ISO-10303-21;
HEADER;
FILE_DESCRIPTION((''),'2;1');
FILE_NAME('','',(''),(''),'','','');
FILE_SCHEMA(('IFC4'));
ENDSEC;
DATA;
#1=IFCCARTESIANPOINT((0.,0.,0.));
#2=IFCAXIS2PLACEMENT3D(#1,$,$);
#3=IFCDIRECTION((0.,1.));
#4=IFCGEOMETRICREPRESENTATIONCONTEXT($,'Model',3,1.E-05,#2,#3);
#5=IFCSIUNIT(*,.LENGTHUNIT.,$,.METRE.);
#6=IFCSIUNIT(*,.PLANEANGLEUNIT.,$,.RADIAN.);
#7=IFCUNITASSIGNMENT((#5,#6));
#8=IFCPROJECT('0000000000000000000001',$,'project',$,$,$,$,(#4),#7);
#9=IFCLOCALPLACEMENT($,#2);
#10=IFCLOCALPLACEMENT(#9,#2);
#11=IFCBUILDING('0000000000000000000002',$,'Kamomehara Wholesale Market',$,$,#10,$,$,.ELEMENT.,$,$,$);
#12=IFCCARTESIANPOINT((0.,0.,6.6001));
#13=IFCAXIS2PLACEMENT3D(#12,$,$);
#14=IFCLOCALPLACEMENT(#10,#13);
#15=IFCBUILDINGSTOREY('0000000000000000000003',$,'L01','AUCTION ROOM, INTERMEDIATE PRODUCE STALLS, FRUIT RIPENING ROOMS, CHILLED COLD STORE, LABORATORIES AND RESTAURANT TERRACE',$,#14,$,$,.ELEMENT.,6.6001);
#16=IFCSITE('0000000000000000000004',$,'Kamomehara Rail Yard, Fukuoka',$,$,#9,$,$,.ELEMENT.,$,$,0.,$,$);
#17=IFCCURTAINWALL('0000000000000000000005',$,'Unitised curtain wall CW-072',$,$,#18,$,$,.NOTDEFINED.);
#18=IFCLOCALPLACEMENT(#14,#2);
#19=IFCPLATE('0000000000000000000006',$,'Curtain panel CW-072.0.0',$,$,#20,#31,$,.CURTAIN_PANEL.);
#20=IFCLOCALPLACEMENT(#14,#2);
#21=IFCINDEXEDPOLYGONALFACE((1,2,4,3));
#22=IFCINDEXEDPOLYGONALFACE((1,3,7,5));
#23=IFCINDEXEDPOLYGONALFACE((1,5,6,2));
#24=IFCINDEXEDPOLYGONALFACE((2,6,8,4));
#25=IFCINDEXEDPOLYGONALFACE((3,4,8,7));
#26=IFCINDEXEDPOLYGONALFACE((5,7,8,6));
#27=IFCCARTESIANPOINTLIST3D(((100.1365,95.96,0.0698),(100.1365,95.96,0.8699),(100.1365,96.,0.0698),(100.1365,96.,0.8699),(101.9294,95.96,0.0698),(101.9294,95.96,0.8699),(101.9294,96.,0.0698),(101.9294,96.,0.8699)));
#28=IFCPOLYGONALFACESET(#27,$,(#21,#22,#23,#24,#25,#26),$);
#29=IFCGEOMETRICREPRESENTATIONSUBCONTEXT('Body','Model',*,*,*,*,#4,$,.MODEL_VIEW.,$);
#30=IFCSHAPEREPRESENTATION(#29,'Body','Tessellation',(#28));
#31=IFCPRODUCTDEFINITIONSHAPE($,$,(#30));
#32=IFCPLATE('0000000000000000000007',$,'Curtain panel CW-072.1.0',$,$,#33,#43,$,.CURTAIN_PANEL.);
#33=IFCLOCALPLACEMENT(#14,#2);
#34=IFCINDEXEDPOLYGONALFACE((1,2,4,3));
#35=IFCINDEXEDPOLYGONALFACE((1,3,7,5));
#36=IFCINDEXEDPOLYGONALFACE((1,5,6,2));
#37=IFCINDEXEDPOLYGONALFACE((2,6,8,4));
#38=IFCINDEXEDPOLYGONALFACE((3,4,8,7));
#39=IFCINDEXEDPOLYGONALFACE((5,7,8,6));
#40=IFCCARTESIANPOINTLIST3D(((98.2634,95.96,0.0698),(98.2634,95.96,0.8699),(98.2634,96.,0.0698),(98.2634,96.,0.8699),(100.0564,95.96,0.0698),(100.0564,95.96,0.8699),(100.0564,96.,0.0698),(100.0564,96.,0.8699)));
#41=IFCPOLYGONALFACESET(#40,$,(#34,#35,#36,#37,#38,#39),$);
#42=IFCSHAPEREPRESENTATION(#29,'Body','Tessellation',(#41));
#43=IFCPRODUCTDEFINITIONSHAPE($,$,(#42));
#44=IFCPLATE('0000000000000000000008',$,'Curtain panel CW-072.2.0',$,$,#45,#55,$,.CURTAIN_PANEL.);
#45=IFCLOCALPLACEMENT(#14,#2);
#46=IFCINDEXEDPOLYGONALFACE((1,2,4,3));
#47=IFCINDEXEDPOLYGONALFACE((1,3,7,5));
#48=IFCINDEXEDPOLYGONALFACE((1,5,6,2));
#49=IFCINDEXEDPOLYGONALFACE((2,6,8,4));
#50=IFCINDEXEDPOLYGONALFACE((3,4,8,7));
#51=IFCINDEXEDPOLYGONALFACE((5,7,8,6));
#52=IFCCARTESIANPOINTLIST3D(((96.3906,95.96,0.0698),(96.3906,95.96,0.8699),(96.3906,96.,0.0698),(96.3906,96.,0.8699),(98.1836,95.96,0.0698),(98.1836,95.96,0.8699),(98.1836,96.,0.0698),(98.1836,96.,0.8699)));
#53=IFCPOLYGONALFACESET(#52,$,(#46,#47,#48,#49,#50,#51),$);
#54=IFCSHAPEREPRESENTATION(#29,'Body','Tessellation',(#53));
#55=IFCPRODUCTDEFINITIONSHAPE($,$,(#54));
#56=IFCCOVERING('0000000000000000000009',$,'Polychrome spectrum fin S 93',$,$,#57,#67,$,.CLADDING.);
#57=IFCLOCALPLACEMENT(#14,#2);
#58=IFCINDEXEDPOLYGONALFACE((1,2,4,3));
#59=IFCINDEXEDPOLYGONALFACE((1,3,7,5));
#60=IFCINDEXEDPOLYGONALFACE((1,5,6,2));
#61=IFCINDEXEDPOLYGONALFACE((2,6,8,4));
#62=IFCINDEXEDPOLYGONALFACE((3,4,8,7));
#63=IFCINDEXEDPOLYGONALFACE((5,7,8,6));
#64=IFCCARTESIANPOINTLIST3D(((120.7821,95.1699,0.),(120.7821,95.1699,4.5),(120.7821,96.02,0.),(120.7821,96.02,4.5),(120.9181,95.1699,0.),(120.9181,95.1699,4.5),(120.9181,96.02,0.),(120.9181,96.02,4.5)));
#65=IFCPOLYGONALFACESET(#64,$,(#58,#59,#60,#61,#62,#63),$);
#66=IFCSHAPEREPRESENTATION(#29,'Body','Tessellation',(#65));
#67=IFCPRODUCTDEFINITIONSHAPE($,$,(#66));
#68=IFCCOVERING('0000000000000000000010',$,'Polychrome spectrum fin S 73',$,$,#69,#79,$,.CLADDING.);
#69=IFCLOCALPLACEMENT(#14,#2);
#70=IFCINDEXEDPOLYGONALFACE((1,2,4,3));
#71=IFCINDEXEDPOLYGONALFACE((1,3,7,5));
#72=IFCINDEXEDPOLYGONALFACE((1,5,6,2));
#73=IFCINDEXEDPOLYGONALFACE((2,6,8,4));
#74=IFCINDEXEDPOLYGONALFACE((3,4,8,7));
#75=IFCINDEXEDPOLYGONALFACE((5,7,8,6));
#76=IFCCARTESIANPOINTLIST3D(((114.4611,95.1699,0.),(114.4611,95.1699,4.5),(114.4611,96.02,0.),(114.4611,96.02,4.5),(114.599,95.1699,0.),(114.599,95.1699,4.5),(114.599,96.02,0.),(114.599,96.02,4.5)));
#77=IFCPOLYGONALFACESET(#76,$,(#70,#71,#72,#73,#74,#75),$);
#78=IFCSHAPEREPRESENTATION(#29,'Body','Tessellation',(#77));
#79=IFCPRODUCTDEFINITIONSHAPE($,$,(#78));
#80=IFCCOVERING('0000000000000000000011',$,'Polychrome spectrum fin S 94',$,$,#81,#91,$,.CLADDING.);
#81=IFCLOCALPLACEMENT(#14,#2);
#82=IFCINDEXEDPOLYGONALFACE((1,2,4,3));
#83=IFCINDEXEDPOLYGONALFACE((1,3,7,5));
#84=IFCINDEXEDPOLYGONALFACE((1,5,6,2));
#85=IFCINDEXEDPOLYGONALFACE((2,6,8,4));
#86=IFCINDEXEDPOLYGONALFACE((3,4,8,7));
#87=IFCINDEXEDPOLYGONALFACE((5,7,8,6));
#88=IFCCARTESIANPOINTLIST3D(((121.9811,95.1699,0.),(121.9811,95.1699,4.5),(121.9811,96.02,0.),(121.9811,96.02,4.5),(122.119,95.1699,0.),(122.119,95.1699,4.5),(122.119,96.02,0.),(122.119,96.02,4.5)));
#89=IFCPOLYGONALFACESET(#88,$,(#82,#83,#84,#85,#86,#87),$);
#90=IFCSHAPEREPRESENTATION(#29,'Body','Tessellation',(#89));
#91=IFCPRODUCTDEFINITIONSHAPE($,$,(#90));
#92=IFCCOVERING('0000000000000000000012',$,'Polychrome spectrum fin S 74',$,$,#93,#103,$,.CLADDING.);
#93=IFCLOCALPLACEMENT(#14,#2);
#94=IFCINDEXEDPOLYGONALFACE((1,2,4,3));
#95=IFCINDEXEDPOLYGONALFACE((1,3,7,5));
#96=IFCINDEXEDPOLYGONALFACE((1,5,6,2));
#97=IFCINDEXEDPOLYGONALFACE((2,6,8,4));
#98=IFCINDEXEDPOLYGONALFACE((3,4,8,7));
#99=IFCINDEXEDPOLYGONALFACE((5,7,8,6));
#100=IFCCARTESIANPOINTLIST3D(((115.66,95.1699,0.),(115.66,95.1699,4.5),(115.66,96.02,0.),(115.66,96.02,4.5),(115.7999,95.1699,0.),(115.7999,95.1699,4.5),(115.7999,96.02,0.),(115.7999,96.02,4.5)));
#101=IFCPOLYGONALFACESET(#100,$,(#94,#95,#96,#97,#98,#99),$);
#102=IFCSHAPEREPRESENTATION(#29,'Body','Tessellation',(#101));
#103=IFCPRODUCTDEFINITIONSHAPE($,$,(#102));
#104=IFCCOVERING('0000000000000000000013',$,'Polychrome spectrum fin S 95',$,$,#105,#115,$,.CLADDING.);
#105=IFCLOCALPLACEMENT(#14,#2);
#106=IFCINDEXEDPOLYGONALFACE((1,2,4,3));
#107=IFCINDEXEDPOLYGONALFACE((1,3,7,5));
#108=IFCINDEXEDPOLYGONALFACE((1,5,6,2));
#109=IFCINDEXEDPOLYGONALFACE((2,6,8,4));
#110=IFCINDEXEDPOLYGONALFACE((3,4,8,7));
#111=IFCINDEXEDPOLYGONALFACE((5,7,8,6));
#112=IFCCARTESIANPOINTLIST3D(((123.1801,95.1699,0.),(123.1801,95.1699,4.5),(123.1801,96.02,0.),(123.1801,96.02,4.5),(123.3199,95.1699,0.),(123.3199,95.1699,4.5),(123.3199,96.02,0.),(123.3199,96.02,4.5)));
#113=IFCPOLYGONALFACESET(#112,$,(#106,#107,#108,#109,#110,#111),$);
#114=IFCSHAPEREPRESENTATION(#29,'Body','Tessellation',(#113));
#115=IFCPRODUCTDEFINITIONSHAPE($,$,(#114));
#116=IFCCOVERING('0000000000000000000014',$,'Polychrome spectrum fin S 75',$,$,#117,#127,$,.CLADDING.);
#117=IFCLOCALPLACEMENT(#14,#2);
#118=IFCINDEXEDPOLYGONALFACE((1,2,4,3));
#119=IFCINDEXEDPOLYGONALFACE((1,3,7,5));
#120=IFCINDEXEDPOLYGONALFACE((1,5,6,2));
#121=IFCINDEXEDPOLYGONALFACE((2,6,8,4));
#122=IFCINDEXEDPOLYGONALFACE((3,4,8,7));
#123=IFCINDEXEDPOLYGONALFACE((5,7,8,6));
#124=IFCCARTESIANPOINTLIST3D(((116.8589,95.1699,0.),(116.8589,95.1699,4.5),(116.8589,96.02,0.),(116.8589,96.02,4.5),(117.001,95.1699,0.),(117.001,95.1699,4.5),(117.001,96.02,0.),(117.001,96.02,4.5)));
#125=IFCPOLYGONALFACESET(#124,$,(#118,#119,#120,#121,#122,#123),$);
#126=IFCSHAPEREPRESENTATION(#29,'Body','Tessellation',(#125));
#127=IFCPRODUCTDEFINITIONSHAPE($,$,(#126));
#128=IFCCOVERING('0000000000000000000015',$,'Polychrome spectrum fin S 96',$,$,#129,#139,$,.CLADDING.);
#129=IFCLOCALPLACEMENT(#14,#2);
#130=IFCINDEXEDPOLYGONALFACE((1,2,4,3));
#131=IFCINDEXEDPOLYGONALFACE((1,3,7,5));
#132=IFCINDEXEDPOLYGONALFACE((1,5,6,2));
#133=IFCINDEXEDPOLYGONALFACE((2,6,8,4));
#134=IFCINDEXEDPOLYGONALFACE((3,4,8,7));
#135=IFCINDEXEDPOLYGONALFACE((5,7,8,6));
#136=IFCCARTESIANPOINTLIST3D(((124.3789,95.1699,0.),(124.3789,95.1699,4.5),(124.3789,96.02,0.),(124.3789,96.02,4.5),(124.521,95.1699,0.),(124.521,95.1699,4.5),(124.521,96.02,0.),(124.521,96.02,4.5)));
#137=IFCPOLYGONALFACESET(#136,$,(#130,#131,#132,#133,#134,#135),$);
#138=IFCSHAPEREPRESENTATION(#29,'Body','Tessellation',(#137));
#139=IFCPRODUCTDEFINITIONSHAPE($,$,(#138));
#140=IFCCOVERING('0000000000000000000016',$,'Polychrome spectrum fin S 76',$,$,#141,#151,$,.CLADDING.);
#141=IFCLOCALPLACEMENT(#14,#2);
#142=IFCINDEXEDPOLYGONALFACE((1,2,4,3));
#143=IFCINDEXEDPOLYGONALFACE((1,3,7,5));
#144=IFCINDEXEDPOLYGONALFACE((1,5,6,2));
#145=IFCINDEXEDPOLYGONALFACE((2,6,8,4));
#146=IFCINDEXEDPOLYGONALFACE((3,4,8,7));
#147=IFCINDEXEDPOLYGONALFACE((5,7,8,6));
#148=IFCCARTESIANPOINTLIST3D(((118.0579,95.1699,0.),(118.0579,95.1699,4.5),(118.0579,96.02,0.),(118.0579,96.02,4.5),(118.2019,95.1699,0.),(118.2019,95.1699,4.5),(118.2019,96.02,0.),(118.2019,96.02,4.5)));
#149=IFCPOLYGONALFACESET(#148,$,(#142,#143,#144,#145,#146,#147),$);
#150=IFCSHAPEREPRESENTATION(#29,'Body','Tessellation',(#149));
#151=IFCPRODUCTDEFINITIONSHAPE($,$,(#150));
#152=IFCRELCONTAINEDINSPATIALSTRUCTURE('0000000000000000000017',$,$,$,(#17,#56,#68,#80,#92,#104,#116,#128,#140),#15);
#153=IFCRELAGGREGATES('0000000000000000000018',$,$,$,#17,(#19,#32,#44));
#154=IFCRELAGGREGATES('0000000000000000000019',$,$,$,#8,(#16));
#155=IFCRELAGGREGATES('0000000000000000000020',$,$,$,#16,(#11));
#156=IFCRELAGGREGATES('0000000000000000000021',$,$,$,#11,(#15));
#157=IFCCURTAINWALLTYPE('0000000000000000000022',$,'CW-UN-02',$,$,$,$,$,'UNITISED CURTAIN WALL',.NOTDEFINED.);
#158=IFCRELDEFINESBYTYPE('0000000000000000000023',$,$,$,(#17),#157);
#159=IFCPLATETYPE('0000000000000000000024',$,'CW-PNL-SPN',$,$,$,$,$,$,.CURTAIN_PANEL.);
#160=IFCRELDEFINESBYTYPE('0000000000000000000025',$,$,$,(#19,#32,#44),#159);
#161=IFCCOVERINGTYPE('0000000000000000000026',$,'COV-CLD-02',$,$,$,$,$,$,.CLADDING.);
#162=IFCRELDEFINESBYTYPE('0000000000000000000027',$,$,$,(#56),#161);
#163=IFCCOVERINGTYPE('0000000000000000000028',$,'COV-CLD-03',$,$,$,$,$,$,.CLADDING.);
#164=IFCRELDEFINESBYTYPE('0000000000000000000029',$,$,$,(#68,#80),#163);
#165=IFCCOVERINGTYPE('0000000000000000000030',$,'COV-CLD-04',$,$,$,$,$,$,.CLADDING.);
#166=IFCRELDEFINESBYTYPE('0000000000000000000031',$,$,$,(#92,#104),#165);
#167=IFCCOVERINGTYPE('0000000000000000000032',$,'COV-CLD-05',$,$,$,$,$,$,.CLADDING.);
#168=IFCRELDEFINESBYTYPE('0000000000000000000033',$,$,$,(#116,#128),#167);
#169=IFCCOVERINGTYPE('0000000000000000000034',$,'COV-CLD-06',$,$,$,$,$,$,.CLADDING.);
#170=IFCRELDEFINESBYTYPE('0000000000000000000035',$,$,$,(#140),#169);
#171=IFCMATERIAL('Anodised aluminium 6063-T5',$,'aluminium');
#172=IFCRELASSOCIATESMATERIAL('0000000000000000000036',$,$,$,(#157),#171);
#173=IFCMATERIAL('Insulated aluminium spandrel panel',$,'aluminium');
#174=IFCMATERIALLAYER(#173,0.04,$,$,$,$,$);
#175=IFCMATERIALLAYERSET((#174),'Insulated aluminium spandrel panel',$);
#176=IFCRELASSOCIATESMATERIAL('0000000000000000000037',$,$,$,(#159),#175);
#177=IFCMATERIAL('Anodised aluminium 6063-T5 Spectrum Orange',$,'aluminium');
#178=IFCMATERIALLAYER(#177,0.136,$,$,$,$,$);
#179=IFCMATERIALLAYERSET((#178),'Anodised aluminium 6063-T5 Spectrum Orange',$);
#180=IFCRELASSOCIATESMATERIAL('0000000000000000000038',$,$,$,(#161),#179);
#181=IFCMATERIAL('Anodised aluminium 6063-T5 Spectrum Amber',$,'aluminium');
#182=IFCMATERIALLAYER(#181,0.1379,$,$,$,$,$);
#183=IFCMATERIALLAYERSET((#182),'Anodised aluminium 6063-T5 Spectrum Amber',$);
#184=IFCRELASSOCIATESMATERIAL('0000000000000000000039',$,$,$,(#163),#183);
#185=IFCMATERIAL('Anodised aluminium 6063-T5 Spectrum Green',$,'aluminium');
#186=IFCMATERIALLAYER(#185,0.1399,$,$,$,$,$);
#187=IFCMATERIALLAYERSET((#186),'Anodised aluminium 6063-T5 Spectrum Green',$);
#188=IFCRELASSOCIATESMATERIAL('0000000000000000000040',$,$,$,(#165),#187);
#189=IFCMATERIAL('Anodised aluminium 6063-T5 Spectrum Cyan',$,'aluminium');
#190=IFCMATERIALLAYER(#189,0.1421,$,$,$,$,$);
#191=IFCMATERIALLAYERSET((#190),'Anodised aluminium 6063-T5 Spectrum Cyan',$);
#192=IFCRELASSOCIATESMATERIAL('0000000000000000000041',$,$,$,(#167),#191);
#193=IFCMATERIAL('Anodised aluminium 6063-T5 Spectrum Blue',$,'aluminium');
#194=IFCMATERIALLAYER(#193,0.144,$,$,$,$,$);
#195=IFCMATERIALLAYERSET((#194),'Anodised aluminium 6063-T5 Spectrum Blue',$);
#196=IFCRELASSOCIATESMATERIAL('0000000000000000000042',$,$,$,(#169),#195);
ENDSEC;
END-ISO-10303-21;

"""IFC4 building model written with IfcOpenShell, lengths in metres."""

from ifc_helpers import new_model, si_unit, direction, frame, origin, origin_2d, place, context, subcontext, project, spatial, rectangle, extrude, material, layer, layer_set, type_object, element, aggregate, save


model = new_model("IFC4")

# Units and contexts
model_context = context("Model", 3, precision=1e-05, world=origin(), true_north=direction((0.0, 1.0)))
body_context = subcontext(model_context, "Body", "Model", "MODEL_VIEW")
ifc_project = project(units=[si_unit("LENGTHUNIT", "METRE"), si_unit("PLANEANGLEUNIT", "RADIAN")], contexts=[model_context])

# Site, building, storey
site_placement = place(None, origin())
site = spatial("IfcSite", under=ifc_project, at=site_placement, Name="Kamomehara Rail Yard, Fukuoka", CompositionType="ELEMENT", RefElevation=0.0)
building_placement = place(site_placement, origin())
building = spatial("IfcBuilding", under=site, at=building_placement, Name="Kamomehara Wholesale Market", CompositionType="ELEMENT")
storey_placement = place(building_placement, frame((0.0, 0.0, 6.6001)))
storey = spatial("IfcBuildingStorey", under=building, at=storey_placement, Name="L01", Description="AUCTION ROOM, INTERMEDIATE PRODUCE STALLS, FRUIT RIPENING ROOMS, CHILLED COLD STORE, LABORATORIES AND RESTAURANT TERRACE", CompositionType="ELEMENT", Elevation=6.6001)

# Curtain wall
ifc_material_1 = material(Name="Anodised aluminium 6063-T5", Category="aluminium")
curtain_wall_type = type_object("IfcCurtainWallType", Name="CW-UN-02", ElementType="UNITISED CURTAIN WALL", PredefinedType="NOTDEFINED", material=ifc_material_1)
curtain_wall_1_placement = place(storey_placement, origin())
curtain_wall_1 = element("IfcCurtainWall", 1, at=curtain_wall_1_placement, inside=storey, type_object=curtain_wall_type, Name="Unitised curtain wall CW-072", PredefinedType="NOTDEFINED")

# Plates
ifc_material_2 = material(Name="Insulated aluminium spandrel panel", Category="aluminium")
ifc_layer_1 = layer(ifc_material_2, 0.04)
ifc_layer_set_1 = layer_set([ifc_layer_1], Name="Insulated aluminium spandrel panel")
plate_type_1 = type_object("IfcPlateType", Name="CW-PNL-SPN", PredefinedType="CURTAIN_PANEL", material=ifc_layer_set_1)
plate_1_placement = place(storey_placement, frame((101.033, 95.98, 0.0698), z_axis=(0.0, 0.0, 1.0), x_axis=(-1.0, 0.0, 0.0)))
plate_1 = element("IfcPlate", 2, at=plate_1_placement, type_object=plate_type_1, Name="Curtain panel CW-072.0.0", PredefinedType="CURTAIN_PANEL", context=body_context, shape_type="SweptSolid", body=[
    extrude(rectangle(XDim=1.793, YDim=0.04, at=origin_2d()), origin(), (0.0, 0.0, 1.0), 0.8),
])
plate_2_placement = place(storey_placement, frame((99.1599, 95.98, 0.0698), z_axis=(0.0, 0.0, 1.0), x_axis=(-1.0, 0.0, 0.0)))
plate_2 = element("IfcPlate", 3, at=plate_2_placement, type_object=plate_type_1, Name="Curtain panel CW-072.1.0", PredefinedType="CURTAIN_PANEL", context=body_context, shape_type="SweptSolid", body=[
    extrude(rectangle(XDim=1.793, YDim=0.04, at=origin_2d()), origin(), (0.0, 0.0, 1.0), 0.8),
])
plate_3_placement = place(storey_placement, frame((97.2871, 95.98, 0.0698), z_axis=(0.0, 0.0, 1.0), x_axis=(-1.0, 0.0, 0.0)))
plate_3 = element("IfcPlate", 4, at=plate_3_placement, type_object=plate_type_1, Name="Curtain panel CW-072.2.0", PredefinedType="CURTAIN_PANEL", context=body_context, shape_type="SweptSolid", body=[
    extrude(rectangle(XDim=1.793, YDim=0.04, at=origin_2d()), origin(), (0.0, 0.0, 1.0), 0.8),
])
aggregate(curtain_wall_1, [plate_1, plate_2, plate_3])

# Coverings
ifc_material_3 = material(Name="Anodised aluminium 6063-T5 Spectrum Orange", Category="aluminium")
ifc_layer_2 = layer(ifc_material_3, 0.136)
ifc_layer_set_2 = layer_set([ifc_layer_2], Name="Anodised aluminium 6063-T5 Spectrum Orange")
covering_type_1 = type_object("IfcCoveringType", Name="COV-CLD-02", PredefinedType="CLADDING", material=ifc_layer_set_2)
covering_1_placement = place(storey_placement, frame((120.8501, 95.595, 0.0), z_axis=(0.0, 0.0, 1.0), x_axis=(1.0, 0.0, 0.0)))
element("IfcCovering", 5, at=covering_1_placement, inside=storey, type_object=covering_type_1, Name="Polychrome spectrum fin S 93", PredefinedType="CLADDING", context=body_context, shape_type="SweptSolid", body=[
    extrude(rectangle(XDim=0.136, YDim=0.8501, at=origin_2d()), origin(), (0.0, 0.0, 1.0), 4.5),
])
ifc_material_4 = material(Name="Anodised aluminium 6063-T5 Spectrum Amber", Category="aluminium")
ifc_layer_3 = layer(ifc_material_4, 0.1379)
ifc_layer_set_3 = layer_set([ifc_layer_3], Name="Anodised aluminium 6063-T5 Spectrum Amber")
covering_type_2 = type_object("IfcCoveringType", Name="COV-CLD-03", PredefinedType="CLADDING", material=ifc_layer_set_3)
for number, where, z_axis, x_axis, name in (
    (6, (114.53, 95.595, 0.0), (0.0, 0.0, 1.0), (1.0, 0.0, 0.0), "Polychrome spectrum fin S 73"),
    (7, (122.05, 95.595, 0.0), (0.0, 0.0, 1.0), (1.0, 0.0, 0.0), "Polychrome spectrum fin S 94"),
):
    element("IfcCovering", number, at=place(storey_placement, frame(where, z_axis=z_axis, x_axis=x_axis)), inside=storey, type_object=covering_type_2, Name=name, PredefinedType="CLADDING", context=body_context, shape_type="SweptSolid", body=[
        extrude(rectangle(XDim=0.1379, YDim=0.8501, at=origin_2d()), origin(), (0.0, 0.0, 1.0), 4.5),
    ])
ifc_material_5 = material(Name="Anodised aluminium 6063-T5 Spectrum Green", Category="aluminium")
ifc_layer_4 = layer(ifc_material_5, 0.1399)
ifc_layer_set_4 = layer_set([ifc_layer_4], Name="Anodised aluminium 6063-T5 Spectrum Green")
covering_type_3 = type_object("IfcCoveringType", Name="COV-CLD-04", PredefinedType="CLADDING", material=ifc_layer_set_4)
for number, where, z_axis, x_axis, name in (
    (8, (115.73, 95.595, 0.0), (0.0, 0.0, 1.0), (1.0, 0.0, 0.0), "Polychrome spectrum fin S 74"),
    (9, (123.25, 95.595, 0.0), (0.0, 0.0, 1.0), (1.0, 0.0, 0.0), "Polychrome spectrum fin S 95"),
):
    element("IfcCovering", number, at=place(storey_placement, frame(where, z_axis=z_axis, x_axis=x_axis)), inside=storey, type_object=covering_type_3, Name=name, PredefinedType="CLADDING", context=body_context, shape_type="SweptSolid", body=[
        extrude(rectangle(XDim=0.1399, YDim=0.8501, at=origin_2d()), origin(), (0.0, 0.0, 1.0), 4.5),
    ])
ifc_material_6 = material(Name="Anodised aluminium 6063-T5 Spectrum Cyan", Category="aluminium")
ifc_layer_5 = layer(ifc_material_6, 0.1421)
ifc_layer_set_5 = layer_set([ifc_layer_5], Name="Anodised aluminium 6063-T5 Spectrum Cyan")
covering_type_4 = type_object("IfcCoveringType", Name="COV-CLD-05", PredefinedType="CLADDING", material=ifc_layer_set_5)
for number, where, z_axis, x_axis, name in (
    (10, (116.9299, 95.595, 0.0), (0.0, 0.0, 1.0), (1.0, 0.0, 0.0), "Polychrome spectrum fin S 75"),
    (11, (124.45, 95.595, 0.0), (0.0, 0.0, 1.0), (1.0, 0.0, 0.0), "Polychrome spectrum fin S 96"),
):
    element("IfcCovering", number, at=place(storey_placement, frame(where, z_axis=z_axis, x_axis=x_axis)), inside=storey, type_object=covering_type_4, Name=name, PredefinedType="CLADDING", context=body_context, shape_type="SweptSolid", body=[
        extrude(rectangle(XDim=0.1421, YDim=0.8501, at=origin_2d()), origin(), (0.0, 0.0, 1.0), 4.5),
    ])
ifc_material_7 = material(Name="Anodised aluminium 6063-T5 Spectrum Blue", Category="aluminium")
ifc_layer_6 = layer(ifc_material_7, 0.144)
ifc_layer_set_6 = layer_set([ifc_layer_6], Name="Anodised aluminium 6063-T5 Spectrum Blue")
covering_type_5 = type_object("IfcCoveringType", Name="COV-CLD-06", PredefinedType="CLADDING", material=ifc_layer_set_6)
covering_2_placement = place(storey_placement, frame((118.1299, 95.595, 0.0), z_axis=(0.0, 0.0, 1.0), x_axis=(1.0, 0.0, 0.0)))
element("IfcCovering", 12, at=covering_2_placement, inside=storey, type_object=covering_type_5, Name="Polychrome spectrum fin S 76", PredefinedType="CLADDING", context=body_context, shape_type="SweptSolid", body=[
    extrude(rectangle(XDim=0.144, YDim=0.8501, at=origin_2d()), origin(), (0.0, 0.0, 1.0), 4.5),
])

save(model, "model.ifc")
